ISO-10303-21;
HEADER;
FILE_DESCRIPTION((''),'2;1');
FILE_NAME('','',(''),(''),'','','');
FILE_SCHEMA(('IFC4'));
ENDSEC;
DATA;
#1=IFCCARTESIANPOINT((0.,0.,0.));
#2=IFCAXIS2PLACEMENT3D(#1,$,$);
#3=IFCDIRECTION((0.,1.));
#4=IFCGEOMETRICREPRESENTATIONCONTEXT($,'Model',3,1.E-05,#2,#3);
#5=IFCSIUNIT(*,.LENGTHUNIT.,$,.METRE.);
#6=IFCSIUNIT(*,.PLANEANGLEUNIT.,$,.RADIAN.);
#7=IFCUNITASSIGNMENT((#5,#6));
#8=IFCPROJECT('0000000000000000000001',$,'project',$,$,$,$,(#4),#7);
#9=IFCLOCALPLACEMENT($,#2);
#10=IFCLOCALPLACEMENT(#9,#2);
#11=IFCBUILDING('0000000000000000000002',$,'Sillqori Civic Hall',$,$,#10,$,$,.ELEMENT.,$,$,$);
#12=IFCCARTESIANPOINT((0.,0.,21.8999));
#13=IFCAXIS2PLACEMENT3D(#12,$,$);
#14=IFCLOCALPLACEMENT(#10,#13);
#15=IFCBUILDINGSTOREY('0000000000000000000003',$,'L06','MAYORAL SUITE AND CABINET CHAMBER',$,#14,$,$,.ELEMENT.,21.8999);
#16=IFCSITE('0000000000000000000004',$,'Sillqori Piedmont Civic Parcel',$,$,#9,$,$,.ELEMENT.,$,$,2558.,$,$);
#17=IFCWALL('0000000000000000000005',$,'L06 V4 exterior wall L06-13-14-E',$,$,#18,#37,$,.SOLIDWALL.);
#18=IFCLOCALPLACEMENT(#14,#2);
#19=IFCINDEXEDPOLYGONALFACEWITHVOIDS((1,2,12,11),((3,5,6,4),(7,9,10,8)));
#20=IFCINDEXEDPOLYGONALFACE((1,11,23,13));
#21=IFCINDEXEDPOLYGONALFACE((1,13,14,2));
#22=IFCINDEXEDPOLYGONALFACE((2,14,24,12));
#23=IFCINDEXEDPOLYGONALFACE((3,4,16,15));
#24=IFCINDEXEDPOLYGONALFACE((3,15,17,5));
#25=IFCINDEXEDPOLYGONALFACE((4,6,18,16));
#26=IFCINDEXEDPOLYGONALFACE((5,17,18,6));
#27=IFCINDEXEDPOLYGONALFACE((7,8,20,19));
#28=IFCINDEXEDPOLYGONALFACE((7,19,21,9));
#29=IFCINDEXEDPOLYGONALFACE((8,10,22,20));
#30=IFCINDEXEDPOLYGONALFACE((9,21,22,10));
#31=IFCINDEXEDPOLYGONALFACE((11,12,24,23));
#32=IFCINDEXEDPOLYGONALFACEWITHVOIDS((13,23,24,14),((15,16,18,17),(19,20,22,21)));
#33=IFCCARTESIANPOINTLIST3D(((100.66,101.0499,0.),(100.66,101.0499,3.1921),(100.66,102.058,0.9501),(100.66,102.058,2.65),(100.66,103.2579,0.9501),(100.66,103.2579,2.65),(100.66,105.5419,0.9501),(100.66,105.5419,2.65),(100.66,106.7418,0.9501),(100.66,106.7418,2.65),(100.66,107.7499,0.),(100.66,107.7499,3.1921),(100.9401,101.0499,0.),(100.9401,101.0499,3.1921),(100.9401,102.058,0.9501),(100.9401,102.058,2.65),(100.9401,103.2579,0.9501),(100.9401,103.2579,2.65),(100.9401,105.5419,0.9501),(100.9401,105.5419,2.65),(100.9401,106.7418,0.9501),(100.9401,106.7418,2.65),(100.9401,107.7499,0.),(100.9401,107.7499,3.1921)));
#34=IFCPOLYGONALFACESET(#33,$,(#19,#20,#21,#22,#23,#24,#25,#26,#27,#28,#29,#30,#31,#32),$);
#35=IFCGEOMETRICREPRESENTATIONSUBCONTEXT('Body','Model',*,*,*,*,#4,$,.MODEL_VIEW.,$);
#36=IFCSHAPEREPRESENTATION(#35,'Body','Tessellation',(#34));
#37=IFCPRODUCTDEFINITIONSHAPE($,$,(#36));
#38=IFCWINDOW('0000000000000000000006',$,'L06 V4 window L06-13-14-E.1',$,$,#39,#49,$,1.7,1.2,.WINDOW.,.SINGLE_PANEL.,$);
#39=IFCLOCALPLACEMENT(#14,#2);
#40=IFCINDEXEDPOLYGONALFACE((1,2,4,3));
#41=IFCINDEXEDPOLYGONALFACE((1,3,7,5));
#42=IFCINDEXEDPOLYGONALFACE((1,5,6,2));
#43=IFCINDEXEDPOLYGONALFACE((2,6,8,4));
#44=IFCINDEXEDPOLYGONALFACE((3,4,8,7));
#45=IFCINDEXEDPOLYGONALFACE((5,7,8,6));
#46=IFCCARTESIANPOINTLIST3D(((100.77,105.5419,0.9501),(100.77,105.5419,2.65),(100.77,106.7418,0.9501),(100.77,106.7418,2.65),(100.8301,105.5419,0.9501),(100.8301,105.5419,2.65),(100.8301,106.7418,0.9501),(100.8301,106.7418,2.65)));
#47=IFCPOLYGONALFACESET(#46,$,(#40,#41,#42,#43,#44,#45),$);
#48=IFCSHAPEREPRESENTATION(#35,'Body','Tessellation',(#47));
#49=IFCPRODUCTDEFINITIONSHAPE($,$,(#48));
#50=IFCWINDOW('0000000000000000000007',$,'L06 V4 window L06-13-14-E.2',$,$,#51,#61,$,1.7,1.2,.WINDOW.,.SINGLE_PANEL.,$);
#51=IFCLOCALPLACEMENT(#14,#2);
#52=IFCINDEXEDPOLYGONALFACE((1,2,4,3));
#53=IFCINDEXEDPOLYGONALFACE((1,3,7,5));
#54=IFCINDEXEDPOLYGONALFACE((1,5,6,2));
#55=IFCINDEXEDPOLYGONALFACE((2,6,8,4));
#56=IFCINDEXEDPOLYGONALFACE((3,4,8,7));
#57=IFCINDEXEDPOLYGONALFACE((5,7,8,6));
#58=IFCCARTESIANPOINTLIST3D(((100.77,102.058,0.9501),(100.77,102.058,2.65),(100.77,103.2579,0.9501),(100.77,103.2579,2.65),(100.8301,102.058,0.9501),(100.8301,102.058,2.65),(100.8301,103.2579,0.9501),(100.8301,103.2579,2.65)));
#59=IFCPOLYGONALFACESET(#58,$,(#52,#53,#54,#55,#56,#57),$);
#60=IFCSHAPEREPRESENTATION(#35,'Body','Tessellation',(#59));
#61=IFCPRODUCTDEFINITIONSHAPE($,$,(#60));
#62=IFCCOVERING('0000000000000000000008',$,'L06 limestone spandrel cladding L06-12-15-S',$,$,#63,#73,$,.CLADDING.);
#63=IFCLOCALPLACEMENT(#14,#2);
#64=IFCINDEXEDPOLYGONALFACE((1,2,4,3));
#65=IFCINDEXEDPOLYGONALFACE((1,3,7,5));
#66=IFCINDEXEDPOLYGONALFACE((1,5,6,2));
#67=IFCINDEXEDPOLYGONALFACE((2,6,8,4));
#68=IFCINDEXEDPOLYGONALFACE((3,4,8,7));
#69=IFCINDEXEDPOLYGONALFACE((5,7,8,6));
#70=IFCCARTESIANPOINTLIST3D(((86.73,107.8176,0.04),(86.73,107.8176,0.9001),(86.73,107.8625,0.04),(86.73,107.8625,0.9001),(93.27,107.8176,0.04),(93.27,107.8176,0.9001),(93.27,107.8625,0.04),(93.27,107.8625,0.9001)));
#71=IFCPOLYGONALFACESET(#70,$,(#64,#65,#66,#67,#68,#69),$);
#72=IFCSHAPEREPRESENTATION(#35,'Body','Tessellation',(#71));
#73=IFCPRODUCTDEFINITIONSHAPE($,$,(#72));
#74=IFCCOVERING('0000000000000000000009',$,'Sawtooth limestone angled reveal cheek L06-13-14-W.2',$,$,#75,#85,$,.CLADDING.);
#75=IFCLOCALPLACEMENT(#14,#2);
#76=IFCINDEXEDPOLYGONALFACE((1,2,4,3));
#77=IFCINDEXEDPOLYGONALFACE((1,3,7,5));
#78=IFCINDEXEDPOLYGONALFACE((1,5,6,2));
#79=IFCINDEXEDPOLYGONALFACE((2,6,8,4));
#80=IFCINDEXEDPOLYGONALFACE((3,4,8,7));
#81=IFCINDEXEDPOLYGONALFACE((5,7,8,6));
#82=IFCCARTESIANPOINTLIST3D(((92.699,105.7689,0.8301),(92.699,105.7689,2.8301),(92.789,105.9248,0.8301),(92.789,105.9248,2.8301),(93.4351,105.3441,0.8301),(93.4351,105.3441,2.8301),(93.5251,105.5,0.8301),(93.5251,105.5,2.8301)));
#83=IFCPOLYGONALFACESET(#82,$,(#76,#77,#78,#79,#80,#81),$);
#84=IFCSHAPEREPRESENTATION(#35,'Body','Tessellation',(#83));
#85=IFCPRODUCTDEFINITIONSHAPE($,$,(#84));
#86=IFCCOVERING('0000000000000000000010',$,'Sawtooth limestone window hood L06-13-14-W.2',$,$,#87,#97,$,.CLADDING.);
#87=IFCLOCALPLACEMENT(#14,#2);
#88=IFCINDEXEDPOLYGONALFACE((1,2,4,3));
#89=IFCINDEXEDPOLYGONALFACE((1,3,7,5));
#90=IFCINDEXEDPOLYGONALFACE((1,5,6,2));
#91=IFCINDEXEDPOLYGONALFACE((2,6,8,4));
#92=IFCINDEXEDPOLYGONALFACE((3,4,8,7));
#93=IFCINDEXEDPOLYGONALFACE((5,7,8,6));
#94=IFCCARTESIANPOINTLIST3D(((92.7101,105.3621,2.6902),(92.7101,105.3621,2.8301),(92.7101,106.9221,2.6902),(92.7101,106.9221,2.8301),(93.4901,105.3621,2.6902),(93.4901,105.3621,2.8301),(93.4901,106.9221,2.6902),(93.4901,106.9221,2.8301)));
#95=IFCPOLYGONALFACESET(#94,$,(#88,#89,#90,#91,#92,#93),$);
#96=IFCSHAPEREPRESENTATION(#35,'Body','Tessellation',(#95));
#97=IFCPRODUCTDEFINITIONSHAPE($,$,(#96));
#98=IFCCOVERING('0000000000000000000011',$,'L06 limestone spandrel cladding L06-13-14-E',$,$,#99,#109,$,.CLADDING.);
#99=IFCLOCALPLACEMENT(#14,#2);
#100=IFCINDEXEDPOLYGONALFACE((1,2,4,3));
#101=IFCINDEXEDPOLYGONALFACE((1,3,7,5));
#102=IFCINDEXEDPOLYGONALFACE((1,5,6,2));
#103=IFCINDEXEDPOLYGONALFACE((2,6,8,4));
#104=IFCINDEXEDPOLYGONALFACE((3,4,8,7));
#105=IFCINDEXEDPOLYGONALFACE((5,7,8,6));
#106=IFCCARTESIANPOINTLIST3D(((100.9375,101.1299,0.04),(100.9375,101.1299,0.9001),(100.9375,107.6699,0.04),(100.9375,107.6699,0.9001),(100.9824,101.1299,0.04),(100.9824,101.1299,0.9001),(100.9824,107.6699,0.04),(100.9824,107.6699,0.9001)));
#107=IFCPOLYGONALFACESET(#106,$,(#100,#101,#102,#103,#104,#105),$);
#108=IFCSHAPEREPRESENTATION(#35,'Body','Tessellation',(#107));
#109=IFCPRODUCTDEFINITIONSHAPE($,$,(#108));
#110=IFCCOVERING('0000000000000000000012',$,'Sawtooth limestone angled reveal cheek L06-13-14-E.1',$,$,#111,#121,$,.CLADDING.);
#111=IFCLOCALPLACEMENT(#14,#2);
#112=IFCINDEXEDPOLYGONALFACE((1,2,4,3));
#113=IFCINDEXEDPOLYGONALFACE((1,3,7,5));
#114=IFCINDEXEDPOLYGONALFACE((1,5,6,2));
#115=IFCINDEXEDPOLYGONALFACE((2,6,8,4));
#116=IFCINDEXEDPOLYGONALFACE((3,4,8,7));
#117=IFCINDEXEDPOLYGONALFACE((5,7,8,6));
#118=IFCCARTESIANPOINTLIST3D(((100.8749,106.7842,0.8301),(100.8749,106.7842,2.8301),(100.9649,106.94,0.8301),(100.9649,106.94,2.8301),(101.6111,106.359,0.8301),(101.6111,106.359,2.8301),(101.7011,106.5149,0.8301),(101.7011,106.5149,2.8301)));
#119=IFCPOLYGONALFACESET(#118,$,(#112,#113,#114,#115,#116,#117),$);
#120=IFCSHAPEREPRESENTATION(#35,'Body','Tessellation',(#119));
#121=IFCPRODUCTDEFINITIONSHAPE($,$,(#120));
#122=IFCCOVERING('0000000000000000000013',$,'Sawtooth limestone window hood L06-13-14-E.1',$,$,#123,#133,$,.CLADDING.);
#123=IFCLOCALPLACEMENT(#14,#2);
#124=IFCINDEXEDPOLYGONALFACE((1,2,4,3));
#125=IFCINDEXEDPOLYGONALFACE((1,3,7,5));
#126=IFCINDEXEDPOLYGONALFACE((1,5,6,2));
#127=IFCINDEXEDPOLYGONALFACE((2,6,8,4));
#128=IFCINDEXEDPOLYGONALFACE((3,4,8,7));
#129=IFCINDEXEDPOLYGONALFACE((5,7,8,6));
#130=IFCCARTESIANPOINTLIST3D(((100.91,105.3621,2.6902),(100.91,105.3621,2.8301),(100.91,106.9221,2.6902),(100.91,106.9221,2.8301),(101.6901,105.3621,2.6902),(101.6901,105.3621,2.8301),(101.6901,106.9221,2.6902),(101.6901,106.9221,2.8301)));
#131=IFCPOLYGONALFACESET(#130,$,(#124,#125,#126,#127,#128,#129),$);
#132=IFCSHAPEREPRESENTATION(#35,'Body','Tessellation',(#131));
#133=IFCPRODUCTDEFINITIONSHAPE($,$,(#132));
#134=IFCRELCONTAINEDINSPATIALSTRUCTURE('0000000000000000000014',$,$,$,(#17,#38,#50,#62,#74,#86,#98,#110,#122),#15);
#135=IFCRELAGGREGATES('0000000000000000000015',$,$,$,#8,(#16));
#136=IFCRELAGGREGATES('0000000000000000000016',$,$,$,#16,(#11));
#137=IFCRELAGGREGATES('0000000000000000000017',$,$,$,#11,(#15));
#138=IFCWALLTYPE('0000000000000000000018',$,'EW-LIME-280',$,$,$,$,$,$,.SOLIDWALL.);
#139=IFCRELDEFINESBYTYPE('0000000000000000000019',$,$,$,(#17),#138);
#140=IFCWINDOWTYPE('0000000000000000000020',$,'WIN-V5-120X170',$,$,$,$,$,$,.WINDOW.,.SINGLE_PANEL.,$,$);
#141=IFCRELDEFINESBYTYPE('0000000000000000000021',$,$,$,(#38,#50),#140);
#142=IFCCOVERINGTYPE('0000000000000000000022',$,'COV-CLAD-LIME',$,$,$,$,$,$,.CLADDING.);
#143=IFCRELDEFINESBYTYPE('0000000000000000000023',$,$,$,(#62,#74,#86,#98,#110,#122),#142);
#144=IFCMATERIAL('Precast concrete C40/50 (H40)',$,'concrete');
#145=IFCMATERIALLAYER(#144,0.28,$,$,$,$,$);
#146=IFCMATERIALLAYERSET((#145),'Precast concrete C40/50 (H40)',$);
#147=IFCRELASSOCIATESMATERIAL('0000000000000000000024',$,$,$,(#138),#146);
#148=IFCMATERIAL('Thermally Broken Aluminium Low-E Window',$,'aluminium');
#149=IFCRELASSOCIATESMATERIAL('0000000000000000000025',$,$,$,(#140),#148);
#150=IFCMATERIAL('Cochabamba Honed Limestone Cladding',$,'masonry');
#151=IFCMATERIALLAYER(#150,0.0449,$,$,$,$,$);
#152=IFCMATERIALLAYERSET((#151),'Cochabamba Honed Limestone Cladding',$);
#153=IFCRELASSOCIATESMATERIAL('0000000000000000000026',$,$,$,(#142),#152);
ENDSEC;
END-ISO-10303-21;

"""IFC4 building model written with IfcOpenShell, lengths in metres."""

from ifc_helpers import new_model, si_unit, direction, frame, frame_2d, origin, place, context, subcontext, project, spatial, rectangle, extrude, material, layer, layer_set, type_object, element, fill, save


model = new_model("IFC4")

# Units and contexts
model_context = context("Model", 3, precision=1e-05, world=origin(), true_north=direction((0.0, 1.0)))
body_context = subcontext(model_context, "Body", "Model", "MODEL_VIEW")
ifc_project = project(units=[si_unit("LENGTHUNIT", "METRE"), si_unit("PLANEANGLEUNIT", "RADIAN")], contexts=[model_context])

# Site, building, storey
site_placement = place(None, origin())
site = spatial("IfcSite", under=ifc_project, at=site_placement, Name="Sillqori Piedmont Civic Parcel", CompositionType="ELEMENT", RefElevation=2558.0)
building_placement = place(site_placement, origin())
building = spatial("IfcBuilding", under=site, at=building_placement, Name="Sillqori Civic Hall", CompositionType="ELEMENT")
storey_placement = place(building_placement, frame((0.0, 0.0, 21.8999)))
storey = spatial("IfcBuildingStorey", under=building, at=storey_placement, Name="L06", Description="MAYORAL SUITE AND CABINET CHAMBER", CompositionType="ELEMENT", Elevation=21.8999)

# Shared definitions
ifc_material_1 = material(Name="Precast concrete C40/50 (H40)", Category="concrete")

# Shared definitions
ifc_layer_1 = layer(ifc_material_1, 0.28)
ifc_layer_set_1 = layer_set([ifc_layer_1], Name="Precast concrete C40/50 (H40)")
wall_type = type_object("IfcWallType", Name="EW-LIME-280", PredefinedType="SOLIDWALL", material=ifc_layer_set_1)

# Wall, openings, windows
wall_1_placement = place(storey_placement, frame((100.8, 107.75, 0.0), z_axis=(0.0, 0.0, 1.0), x_axis=(0.0, -1.0, 0.0)))
wall_1 = element("IfcWall", 1, at=wall_1_placement, inside=storey, type_object=wall_type, Name="L06 V4 exterior wall L06-13-14-E", PredefinedType="SOLIDWALL", context=body_context, shape_type="SweptSolid", body=[
    extrude(rectangle(XDim=6.7, YDim=0.28, at=frame_2d((3.3501, 0.0))), origin(), (0.0, 0.0, 1.0), 3.1921),
])
opening_1_placement = place(wall_1_placement, frame((1.0081, 0.0, 0.95)))
opening_1 = element("IfcOpeningElement", 2, at=opening_1_placement, cuts=wall_1, PredefinedType="OPENING", context=body_context, shape_type="SweptSolid", body=[
    extrude(rectangle(XDim=1.2, YDim=1.7, at=frame_2d((0.6001, 0.8501))), frame((0.0, 0.1499, 0.0), z_axis=(0.0, -1.0, 0.0), x_axis=(1.0, 0.0, 0.0)), (0.0, 0.0, 1.0), 0.3),
])
opening_2_placement = place(wall_1_placement, frame((4.4919, 0.0, 0.95)))
opening_2 = element("IfcOpeningElement", 3, at=opening_2_placement, cuts=wall_1, PredefinedType="OPENING", context=body_context, shape_type="SweptSolid", body=[
    extrude(rectangle(XDim=1.2, YDim=1.7, at=frame_2d((0.6001, 0.8501))), frame((0.0, 0.1499, 0.0), z_axis=(0.0, -1.0, 0.0), x_axis=(1.0, 0.0, 0.0)), (0.0, 0.0, 1.0), 0.3),
])
ifc_material_2 = material(Name="Thermally Broken Aluminium Low-E Window", Category="aluminium")
window_type = type_object("IfcWindowType", Name="WIN-V5-120X170", PartitioningType="SINGLE_PANEL", PredefinedType="WINDOW", material=ifc_material_2)
window_1_placement = place(opening_1_placement, origin())
window_1 = element("IfcWindow", 4, at=window_1_placement, inside=storey, type_object=window_type, Name="L06 V4 window L06-13-14-E.1", OverallHeight=1.7, OverallWidth=1.2, PartitioningType="SINGLE_PANEL", PredefinedType="WINDOW", context=body_context, shape_type="SweptSolid", body=[
    extrude(rectangle(XDim=1.2, YDim=1.7, at=frame_2d((0.6001, 0.8501))), frame((0.0, 0.03, 0.0), z_axis=(0.0, -1.0, 0.0), x_axis=(1.0, 0.0, 0.0)), (0.0, 0.0, 1.0), 0.0601),
])
fill(opening_1, window_1)
window_2_placement = place(opening_2_placement, origin())
window_2 = element("IfcWindow", 5, at=window_2_placement, inside=storey, type_object=window_type, Name="L06 V4 window L06-13-14-E.2", OverallHeight=1.7, OverallWidth=1.2, PartitioningType="SINGLE_PANEL", PredefinedType="WINDOW", context=body_context, shape_type="SweptSolid", body=[
    extrude(rectangle(XDim=1.2, YDim=1.7, at=frame_2d((0.6001, 0.8501))), frame((0.0, 0.03, 0.0), z_axis=(0.0, -1.0, 0.0), x_axis=(1.0, 0.0, 0.0)), (0.0, 0.0, 1.0), 0.0601),
])
fill(opening_2, window_2)

# Coverings
ifc_material_3 = material(Name="Cochabamba Honed Limestone Cladding", Category="masonry")
ifc_layer_2 = layer(ifc_material_3, 0.0449)
ifc_layer_set_2 = layer_set([ifc_layer_2], Name="Cochabamba Honed Limestone Cladding")
covering_type = type_object("IfcCoveringType", Name="COV-CLAD-LIME", PredefinedType="CLADDING", material=ifc_layer_set_2)
covering_1_placement = place(storey_placement, frame((93.27, 107.8401, 0.04), z_axis=(0.0, 0.0, 1.0), x_axis=(-1.0, 0.0, 0.0)))
element("IfcCovering", 6, at=covering_1_placement, inside=storey, type_object=covering_type, Name="L06 limestone spandrel cladding L06-12-15-S", PredefinedType="CLADDING", context=body_context, shape_type="SweptSolid", body=[
    extrude(rectangle(XDim=6.54, YDim=0.0449, at=frame_2d((3.27, 0.0))), origin(), (0.0, 0.0, 1.0), 0.8601),
])
covering_2_placement = place(storey_placement, frame((93.48, 105.4221, 0.8301), z_axis=(0.0, 0.0, 1.0), x_axis=(-0.866114, 0.499847, 0.0)))
element("IfcCovering", 7, at=covering_2_placement, inside=storey, type_object=covering_type, Name="Sawtooth limestone angled reveal cheek L06-13-14-W.2", PredefinedType="CLADDING", context=body_context, shape_type="SweptSolid", body=[
    extrude(rectangle(XDim=0.8499, YDim=0.1799, at=frame_2d((0.4248, 0.0))), origin(), (0.0, 0.0, 1.0), 2.0),
])
covering_3_placement = place(storey_placement, frame((93.1001, 105.3621, 2.6902), z_axis=(0.0, 0.0, 1.0), x_axis=(0.0, 1.0, 0.0)))
element("IfcCovering", 8, at=covering_3_placement, inside=storey, type_object=covering_type, Name="Sawtooth limestone window hood L06-13-14-W.2", PredefinedType="CLADDING", context=body_context, shape_type="SweptSolid", body=[
    extrude(rectangle(XDim=1.5601, YDim=0.78, at=frame_2d((0.78, 0.0))), origin(), (0.0, 0.0, 1.0), 0.1399),
])
covering_4_placement = place(storey_placement, frame((100.96, 107.6699, 0.04), z_axis=(0.0, 0.0, 1.0), x_axis=(0.0, -1.0, 0.0)))
element("IfcCovering", 9, at=covering_4_placement, inside=storey, type_object=covering_type, Name="L06 limestone spandrel cladding L06-13-14-E", PredefinedType="CLADDING", context=body_context, shape_type="SweptSolid", body=[
    extrude(rectangle(XDim=6.54, YDim=0.0449, at=frame_2d((3.27, 0.0))), origin(), (0.0, 0.0, 1.0), 0.8601),
])
covering_5_placement = place(storey_placement, frame((100.9199, 106.8621, 0.8301), z_axis=(0.0, 0.0, 1.0), x_axis=(0.865989, -0.500062, 0.0)))
element("IfcCovering", 10, at=covering_5_placement, inside=storey, type_object=covering_type, Name="Sawtooth limestone angled reveal cheek L06-13-14-E.1", PredefinedType="CLADDING", context=body_context, shape_type="SweptSolid", body=[
    extrude(rectangle(XDim=0.8501, YDim=0.1799, at=frame_2d((0.425, 0.0))), origin(), (0.0, 0.0, 1.0), 2.0),
])
covering_6_placement = place(storey_placement, frame((101.3, 106.9221, 2.6902), z_axis=(0.0, 0.0, 1.0), x_axis=(0.0, -1.0, 0.0)))
element("IfcCovering", 11, at=covering_6_placement, inside=storey, type_object=covering_type, Name="Sawtooth limestone window hood L06-13-14-E.1", PredefinedType="CLADDING", context=body_context, shape_type="SweptSolid", body=[
    extrude(rectangle(XDim=1.5601, YDim=0.78, at=frame_2d((0.78, 0.0))), origin(), (0.0, 0.0, 1.0), 0.1399),
])

save(model, "model.ifc")
